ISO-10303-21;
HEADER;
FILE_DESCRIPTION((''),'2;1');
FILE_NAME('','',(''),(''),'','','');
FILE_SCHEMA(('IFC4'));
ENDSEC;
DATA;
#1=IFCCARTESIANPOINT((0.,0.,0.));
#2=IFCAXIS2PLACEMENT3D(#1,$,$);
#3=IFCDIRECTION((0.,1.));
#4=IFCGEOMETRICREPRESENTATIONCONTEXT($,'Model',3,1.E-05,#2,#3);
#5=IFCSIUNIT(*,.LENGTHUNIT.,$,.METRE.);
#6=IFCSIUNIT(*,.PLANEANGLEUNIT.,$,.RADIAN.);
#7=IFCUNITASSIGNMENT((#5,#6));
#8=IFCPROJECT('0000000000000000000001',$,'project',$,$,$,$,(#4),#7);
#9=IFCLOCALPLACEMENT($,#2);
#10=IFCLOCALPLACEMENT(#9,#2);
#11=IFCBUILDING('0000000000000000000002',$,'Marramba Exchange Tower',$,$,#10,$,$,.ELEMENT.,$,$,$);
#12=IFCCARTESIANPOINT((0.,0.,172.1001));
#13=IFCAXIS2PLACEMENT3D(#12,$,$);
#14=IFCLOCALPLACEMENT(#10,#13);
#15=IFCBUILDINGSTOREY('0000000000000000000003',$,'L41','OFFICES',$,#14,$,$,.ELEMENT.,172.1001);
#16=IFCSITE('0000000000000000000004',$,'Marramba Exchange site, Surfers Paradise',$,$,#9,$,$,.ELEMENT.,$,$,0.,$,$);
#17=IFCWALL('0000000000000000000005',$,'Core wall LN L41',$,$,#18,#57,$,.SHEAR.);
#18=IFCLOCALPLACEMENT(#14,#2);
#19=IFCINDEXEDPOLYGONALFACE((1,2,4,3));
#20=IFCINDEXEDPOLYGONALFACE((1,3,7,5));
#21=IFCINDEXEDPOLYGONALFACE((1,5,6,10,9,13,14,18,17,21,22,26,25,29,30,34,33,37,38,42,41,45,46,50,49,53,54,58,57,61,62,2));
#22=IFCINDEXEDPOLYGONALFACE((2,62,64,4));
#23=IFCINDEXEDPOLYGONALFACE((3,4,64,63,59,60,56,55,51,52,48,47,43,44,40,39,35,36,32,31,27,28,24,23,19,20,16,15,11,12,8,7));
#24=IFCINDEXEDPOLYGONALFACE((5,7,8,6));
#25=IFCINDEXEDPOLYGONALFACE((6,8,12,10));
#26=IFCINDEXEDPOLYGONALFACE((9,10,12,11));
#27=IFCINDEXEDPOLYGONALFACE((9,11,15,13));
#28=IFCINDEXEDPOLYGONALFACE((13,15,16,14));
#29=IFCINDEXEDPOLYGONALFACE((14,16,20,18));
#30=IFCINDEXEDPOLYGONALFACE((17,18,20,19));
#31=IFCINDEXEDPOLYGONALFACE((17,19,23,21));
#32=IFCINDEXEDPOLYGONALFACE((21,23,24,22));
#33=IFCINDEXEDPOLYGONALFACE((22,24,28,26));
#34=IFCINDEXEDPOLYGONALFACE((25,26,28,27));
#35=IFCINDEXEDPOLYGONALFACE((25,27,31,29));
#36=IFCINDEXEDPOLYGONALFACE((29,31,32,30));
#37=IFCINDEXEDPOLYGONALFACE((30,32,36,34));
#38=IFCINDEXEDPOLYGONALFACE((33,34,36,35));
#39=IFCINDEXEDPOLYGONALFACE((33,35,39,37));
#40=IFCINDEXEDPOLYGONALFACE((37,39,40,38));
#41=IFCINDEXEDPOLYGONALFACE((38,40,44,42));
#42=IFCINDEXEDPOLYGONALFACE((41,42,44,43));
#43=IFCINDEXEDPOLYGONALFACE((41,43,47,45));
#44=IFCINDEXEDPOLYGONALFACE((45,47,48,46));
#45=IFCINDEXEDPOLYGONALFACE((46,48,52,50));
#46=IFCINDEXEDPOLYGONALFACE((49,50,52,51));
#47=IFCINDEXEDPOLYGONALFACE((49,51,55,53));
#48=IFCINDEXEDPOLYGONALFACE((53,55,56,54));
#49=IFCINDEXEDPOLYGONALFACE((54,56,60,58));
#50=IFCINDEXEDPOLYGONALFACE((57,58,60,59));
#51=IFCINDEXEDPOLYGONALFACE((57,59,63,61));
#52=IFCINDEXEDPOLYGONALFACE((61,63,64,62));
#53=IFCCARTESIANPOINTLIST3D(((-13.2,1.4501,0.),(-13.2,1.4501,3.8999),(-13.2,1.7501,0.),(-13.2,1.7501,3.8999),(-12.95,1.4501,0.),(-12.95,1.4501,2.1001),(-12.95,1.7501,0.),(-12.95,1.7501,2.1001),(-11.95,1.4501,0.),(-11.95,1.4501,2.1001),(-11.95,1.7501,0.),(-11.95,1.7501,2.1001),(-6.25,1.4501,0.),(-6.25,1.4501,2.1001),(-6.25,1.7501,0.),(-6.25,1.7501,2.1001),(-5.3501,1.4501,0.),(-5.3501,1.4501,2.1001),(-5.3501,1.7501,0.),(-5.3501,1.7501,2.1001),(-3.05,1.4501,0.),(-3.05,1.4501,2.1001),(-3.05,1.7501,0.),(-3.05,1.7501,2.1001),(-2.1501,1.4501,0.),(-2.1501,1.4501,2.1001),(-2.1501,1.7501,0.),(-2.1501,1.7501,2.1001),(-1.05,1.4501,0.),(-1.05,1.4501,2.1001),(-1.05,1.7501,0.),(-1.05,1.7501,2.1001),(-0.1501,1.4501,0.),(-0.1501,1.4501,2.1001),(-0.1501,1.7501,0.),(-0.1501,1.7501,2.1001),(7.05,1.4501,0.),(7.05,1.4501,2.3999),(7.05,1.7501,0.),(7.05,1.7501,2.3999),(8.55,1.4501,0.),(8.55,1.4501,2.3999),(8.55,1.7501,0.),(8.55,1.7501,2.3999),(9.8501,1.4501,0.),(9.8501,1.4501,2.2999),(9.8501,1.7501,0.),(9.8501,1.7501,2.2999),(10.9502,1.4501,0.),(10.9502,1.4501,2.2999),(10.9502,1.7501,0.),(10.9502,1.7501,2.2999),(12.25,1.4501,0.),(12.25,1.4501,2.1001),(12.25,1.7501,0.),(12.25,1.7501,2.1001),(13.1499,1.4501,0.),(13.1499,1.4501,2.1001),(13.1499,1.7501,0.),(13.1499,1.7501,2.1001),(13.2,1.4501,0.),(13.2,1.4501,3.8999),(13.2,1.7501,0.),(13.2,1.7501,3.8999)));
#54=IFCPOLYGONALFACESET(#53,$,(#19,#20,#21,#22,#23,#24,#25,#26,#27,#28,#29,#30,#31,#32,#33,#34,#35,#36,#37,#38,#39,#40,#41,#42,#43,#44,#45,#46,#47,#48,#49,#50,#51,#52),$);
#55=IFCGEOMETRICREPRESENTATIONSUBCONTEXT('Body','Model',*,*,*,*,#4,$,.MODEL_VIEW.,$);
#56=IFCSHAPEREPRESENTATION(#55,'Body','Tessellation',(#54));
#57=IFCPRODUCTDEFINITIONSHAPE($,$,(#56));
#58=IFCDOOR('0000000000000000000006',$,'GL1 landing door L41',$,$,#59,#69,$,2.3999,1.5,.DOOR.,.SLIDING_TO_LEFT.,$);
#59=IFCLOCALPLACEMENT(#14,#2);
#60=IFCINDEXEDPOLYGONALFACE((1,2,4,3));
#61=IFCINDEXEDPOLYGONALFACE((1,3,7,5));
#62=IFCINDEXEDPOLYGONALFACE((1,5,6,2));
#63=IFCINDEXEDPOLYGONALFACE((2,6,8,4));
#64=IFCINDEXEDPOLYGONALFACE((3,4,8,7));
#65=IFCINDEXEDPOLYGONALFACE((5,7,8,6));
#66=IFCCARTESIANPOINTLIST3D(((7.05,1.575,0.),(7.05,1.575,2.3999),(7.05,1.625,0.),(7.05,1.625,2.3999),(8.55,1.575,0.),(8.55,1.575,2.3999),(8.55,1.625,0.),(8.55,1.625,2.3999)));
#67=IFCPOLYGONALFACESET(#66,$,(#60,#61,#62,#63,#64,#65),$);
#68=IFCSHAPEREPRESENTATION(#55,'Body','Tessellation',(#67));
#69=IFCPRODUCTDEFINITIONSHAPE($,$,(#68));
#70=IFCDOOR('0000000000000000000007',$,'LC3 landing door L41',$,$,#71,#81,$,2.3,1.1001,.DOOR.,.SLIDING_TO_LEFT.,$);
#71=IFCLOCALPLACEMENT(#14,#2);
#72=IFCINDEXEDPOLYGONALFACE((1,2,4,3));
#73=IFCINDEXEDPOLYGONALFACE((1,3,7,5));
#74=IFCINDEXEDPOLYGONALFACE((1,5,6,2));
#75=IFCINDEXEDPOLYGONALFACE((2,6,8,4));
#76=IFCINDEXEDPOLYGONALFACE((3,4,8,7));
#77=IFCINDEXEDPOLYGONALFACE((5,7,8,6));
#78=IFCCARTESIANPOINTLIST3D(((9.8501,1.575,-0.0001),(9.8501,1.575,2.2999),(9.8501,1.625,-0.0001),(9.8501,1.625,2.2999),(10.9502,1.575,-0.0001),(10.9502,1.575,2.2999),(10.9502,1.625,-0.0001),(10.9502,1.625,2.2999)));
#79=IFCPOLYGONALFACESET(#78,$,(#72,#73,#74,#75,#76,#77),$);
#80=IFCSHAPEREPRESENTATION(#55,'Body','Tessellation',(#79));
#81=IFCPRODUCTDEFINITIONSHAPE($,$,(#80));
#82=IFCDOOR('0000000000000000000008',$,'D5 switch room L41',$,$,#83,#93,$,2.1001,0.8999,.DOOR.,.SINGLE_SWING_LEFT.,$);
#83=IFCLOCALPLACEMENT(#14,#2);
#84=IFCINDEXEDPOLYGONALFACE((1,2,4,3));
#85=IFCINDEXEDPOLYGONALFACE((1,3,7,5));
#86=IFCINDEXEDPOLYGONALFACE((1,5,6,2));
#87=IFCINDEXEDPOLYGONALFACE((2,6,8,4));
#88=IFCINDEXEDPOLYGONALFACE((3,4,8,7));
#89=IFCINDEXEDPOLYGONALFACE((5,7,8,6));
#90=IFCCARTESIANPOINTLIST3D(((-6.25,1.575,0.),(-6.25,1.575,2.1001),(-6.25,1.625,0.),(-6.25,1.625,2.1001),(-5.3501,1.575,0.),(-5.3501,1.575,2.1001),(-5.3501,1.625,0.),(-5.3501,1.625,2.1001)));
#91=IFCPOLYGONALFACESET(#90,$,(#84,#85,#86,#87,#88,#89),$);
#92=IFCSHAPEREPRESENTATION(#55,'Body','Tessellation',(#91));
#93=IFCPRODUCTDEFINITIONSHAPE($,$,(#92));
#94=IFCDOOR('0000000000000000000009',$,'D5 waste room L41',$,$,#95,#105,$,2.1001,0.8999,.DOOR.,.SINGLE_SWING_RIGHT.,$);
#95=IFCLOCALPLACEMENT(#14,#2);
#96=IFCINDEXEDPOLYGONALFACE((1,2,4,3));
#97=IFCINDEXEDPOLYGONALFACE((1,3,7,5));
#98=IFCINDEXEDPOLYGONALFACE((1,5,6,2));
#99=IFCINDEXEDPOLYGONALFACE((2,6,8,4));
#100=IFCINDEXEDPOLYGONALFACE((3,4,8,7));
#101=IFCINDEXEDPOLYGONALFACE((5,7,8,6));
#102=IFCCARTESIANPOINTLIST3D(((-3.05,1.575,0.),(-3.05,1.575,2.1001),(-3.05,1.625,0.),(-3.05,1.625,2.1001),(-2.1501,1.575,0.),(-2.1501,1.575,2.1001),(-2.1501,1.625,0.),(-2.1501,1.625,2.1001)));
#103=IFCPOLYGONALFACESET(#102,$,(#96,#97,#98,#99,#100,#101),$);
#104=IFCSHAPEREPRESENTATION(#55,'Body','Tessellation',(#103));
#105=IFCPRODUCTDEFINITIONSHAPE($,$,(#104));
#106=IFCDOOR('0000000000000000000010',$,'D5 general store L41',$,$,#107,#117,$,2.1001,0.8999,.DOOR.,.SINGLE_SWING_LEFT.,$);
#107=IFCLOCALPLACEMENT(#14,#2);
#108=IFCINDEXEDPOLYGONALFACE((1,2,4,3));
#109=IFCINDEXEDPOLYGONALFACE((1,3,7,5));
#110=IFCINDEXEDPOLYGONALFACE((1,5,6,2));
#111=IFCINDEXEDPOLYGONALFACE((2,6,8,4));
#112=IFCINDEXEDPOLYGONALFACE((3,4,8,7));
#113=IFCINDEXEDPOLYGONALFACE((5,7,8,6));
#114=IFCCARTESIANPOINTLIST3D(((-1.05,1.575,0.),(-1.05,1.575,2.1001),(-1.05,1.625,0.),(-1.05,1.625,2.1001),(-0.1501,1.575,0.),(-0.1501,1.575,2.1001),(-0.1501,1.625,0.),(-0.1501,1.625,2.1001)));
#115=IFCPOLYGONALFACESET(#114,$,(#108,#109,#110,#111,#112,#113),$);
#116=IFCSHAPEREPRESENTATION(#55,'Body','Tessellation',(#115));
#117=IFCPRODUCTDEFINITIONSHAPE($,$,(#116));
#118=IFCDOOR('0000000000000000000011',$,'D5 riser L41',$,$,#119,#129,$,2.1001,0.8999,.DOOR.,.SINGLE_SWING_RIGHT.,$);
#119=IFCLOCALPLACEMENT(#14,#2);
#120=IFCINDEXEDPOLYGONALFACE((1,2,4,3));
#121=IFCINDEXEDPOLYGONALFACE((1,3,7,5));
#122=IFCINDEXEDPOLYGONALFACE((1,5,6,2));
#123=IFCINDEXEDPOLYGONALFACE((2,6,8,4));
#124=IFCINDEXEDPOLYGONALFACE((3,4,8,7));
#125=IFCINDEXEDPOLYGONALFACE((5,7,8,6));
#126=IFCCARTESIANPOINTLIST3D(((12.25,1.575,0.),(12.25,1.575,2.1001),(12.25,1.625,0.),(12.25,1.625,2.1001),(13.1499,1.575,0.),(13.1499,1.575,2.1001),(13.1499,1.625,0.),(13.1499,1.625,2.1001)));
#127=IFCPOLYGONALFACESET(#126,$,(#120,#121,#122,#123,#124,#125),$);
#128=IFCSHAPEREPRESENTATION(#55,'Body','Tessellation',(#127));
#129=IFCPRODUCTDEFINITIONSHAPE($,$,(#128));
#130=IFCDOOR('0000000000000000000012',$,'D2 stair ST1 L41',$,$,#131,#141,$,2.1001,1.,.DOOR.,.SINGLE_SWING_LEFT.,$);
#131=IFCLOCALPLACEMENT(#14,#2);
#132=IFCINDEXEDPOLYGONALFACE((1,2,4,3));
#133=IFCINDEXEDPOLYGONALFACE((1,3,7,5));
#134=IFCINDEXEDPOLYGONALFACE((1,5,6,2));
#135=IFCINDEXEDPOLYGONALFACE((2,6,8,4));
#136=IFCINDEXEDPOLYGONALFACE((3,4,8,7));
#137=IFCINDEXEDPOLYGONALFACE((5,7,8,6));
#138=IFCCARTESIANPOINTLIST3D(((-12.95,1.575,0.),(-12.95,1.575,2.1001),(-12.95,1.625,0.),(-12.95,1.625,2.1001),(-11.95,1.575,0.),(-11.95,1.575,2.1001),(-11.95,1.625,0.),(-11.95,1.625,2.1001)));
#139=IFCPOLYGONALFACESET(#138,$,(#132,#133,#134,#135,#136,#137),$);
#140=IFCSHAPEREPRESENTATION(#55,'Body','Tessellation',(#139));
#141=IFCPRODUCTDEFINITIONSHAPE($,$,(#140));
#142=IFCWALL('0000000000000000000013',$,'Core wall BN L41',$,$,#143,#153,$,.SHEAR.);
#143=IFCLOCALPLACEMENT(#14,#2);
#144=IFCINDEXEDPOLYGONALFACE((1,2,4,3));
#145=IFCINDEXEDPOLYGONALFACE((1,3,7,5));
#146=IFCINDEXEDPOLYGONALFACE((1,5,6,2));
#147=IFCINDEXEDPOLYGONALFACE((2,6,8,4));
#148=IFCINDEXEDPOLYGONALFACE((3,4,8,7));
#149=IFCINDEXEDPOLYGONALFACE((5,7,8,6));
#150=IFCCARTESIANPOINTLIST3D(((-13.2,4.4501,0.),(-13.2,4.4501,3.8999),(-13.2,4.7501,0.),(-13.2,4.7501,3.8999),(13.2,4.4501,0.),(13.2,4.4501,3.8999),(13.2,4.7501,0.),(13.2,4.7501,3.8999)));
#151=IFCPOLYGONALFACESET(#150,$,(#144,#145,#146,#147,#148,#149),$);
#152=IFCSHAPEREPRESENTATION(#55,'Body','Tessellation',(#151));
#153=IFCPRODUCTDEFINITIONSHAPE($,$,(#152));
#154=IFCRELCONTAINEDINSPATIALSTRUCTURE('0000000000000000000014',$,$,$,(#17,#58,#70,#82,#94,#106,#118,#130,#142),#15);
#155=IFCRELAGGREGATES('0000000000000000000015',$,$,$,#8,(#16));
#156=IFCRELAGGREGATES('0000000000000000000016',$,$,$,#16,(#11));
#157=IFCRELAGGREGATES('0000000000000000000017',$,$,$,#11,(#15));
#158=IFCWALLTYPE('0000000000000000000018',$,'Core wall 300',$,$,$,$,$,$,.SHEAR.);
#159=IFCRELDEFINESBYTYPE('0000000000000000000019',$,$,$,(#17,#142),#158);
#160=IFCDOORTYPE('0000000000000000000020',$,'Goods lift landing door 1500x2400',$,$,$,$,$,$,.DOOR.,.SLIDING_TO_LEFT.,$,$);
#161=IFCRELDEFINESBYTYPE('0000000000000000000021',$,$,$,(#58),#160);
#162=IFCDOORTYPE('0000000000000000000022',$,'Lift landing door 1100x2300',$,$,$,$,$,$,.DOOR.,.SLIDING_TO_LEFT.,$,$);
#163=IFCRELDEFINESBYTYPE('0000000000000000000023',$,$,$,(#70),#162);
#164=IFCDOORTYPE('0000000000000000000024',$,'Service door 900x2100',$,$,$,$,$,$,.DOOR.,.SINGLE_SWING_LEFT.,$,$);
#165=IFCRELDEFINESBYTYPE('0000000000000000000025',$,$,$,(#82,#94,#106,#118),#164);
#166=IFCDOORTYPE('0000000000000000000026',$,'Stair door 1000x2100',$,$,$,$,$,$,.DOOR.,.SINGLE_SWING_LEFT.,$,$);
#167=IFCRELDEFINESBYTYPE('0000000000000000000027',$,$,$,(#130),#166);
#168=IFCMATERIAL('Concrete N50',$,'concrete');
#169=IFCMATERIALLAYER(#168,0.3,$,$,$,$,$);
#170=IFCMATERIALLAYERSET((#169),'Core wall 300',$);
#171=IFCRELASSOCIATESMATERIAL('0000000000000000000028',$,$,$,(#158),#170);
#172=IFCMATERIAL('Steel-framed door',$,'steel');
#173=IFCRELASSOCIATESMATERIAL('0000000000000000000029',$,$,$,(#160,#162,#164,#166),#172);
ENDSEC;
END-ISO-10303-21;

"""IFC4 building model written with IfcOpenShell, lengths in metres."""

from ifc_helpers import new_model, si_unit, direction, frame, frame_2d, origin, place, context, subcontext, project, spatial, rectangle, extrude, material, layer, layer_set, type_object, element, fill, save


model = new_model("IFC4")

# Units and contexts
model_context = context("Model", 3, precision=1e-05, world=origin(), true_north=direction((0.0, 1.0)))
body_context = subcontext(model_context, "Body", "Model", "MODEL_VIEW")
ifc_project = project(units=[si_unit("LENGTHUNIT", "METRE"), si_unit("PLANEANGLEUNIT", "RADIAN")], contexts=[model_context])

# Site, building, storey
site_placement = place(None, origin())
site = spatial("IfcSite", under=ifc_project, at=site_placement, Name="Marramba Exchange site, Surfers Paradise", CompositionType="ELEMENT", RefElevation=0.0)
building_placement = place(site_placement, origin())
building = spatial("IfcBuilding", under=site, at=building_placement, Name="Marramba Exchange Tower", CompositionType="ELEMENT")
storey_placement = place(building_placement, frame((0.0, 0.0, 172.1001)))
storey = spatial("IfcBuildingStorey", under=building, at=storey_placement, Name="L41", Description="OFFICES", CompositionType="ELEMENT", Elevation=172.1001)

# Shared definitions
ifc_material_1 = material(Name="Concrete N50", Category="concrete")

# Shared definitions
ifc_material_2 = material(Name="Steel-framed door", Category="steel")

# Wall, openings, doors
ifc_layer_1 = layer(ifc_material_1, 0.3)
ifc_layer_set_1 = layer_set([ifc_layer_1], Name="Core wall 300")
wall_type_1 = type_object("IfcWallType", Name="Core wall 300", PredefinedType="SHEAR", material=ifc_layer_set_1)
wall_1_placement = place(storey_placement, frame((-13.2, 1.6001, 0.0), z_axis=(0.0, 0.0, 1.0), x_axis=(1.0, 0.0, 0.0)))
wall_1 = element("IfcWall", 1, at=wall_1_placement, inside=storey, type_object=wall_type_1, Name="Core wall LN L41", PredefinedType="SHEAR", context=body_context, shape_type="SweptSolid", body=[
    extrude(rectangle(XDim=26.3999, YDim=0.3, at=frame_2d((13.2, 0.0))), origin(), (0.0, 0.0, 1.0), 3.8999),
])
opening_1_placement = place(wall_1_placement, frame((0.25, 0.0, 0.0)))
opening_1 = element("IfcOpeningElement", 2, at=opening_1_placement, cuts=wall_1, PredefinedType="OPENING", context=body_context, shape_type="SweptSolid", body=[
    extrude(rectangle(XDim=1.0, YDim=2.1001, at=frame_2d((0.5, 1.05))), frame((0.0, 0.1599, 0.0), z_axis=(0.0, -1.0, 0.0), x_axis=(1.0, 0.0, 0.0)), (0.0, 0.0, 1.0), 0.3201),
])
opening_2_placement = place(wall_1_placement, frame((23.05, 0.0, 0.0)))
opening_2 = element("IfcOpeningElement", 3, at=opening_2_placement, cuts=wall_1, PredefinedType="OPENING", context=body_context, shape_type="SweptSolid", body=[
    extrude(rectangle(XDim=1.1001, YDim=2.3, at=frame_2d((0.55, 1.1499))), frame((0.0, 0.1599, 0.0), z_axis=(0.0, -1.0, 0.0), x_axis=(1.0, 0.0, 0.0)), (0.0, 0.0, 1.0), 0.3201),
])
opening_3_placement = place(wall_1_placement, frame((20.25, 0.0, 0.0)))
opening_3 = element("IfcOpeningElement", 4, at=opening_3_placement, cuts=wall_1, PredefinedType="OPENING", context=body_context, shape_type="SweptSolid", body=[
    extrude(rectangle(XDim=1.5, YDim=2.3999, at=frame_2d((0.75, 1.2))), frame((0.0, 0.1599, 0.0), z_axis=(0.0, -1.0, 0.0), x_axis=(1.0, 0.0, 0.0)), (0.0, 0.0, 1.0), 0.3201),
])
opening_4_placement = place(wall_1_placement, frame((6.95, 0.0, 0.0)))
opening_4 = element("IfcOpeningElement", 5, at=opening_4_placement, cuts=wall_1, PredefinedType="OPENING", context=body_context, shape_type="SweptSolid", body=[
    extrude(rectangle(XDim=0.8999, YDim=2.1001, at=frame_2d((0.45, 1.05))), frame((0.0, 0.1599, 0.0), z_axis=(0.0, -1.0, 0.0), x_axis=(1.0, 0.0, 0.0)), (0.0, 0.0, 1.0), 0.3201),
])
opening_5_placement = place(wall_1_placement, frame((10.1499, 0.0, 0.0)))
opening_5 = element("IfcOpeningElement", 6, at=opening_5_placement, cuts=wall_1, PredefinedType="OPENING", context=body_context, shape_type="SweptSolid", body=[
    extrude(rectangle(XDim=0.8999, YDim=2.1001, at=frame_2d((0.45, 1.05))), frame((0.0, 0.1599, 0.0), z_axis=(0.0, -1.0, 0.0), x_axis=(1.0, 0.0, 0.0)), (0.0, 0.0, 1.0), 0.3201),
])
opening_6_placement = place(wall_1_placement, frame((12.1499, 0.0, 0.0)))
opening_6 = element("IfcOpeningElement", 7, at=opening_6_placement, cuts=wall_1, PredefinedType="OPENING", context=body_context, shape_type="SweptSolid", body=[
    extrude(rectangle(XDim=0.8999, YDim=2.1001, at=frame_2d((0.45, 1.05))), frame((0.0, 0.1599, 0.0), z_axis=(0.0, -1.0, 0.0), x_axis=(1.0, 0.0, 0.0)), (0.0, 0.0, 1.0), 0.3201),
])
opening_7_placement = place(wall_1_placement, frame((25.45, 0.0, 0.0)))
opening_7 = element("IfcOpeningElement", 8, at=opening_7_placement, cuts=wall_1, PredefinedType="OPENING", context=body_context, shape_type="SweptSolid", body=[
    extrude(rectangle(XDim=0.8999, YDim=2.1001, at=frame_2d((0.45, 1.05))), frame((0.0, 0.1599, 0.0), z_axis=(0.0, -1.0, 0.0), x_axis=(1.0, 0.0, 0.0)), (0.0, 0.0, 1.0), 0.3201),
])
door_type_1 = type_object("IfcDoorType", Name="Goods lift landing door 1500x2400", OperationType="SLIDING_TO_LEFT", PredefinedType="DOOR", material=ifc_material_2)
door_1_placement = place(opening_3_placement, origin())
door_1 = element("IfcDoor", 9, at=door_1_placement, inside=storey, type_object=door_type_1, Name="GL1 landing door L41", OperationType="SLIDING_TO_LEFT", OverallHeight=2.3999, OverallWidth=1.5, PredefinedType="DOOR", context=body_context, shape_type="SweptSolid", body=[
    extrude(rectangle(XDim=1.5, YDim=2.3999, at=frame_2d((0.75, 1.2))), frame((0.0, 0.0249, 0.0), z_axis=(0.0, -1.0, 0.0), x_axis=(1.0, 0.0, 0.0)), (0.0, 0.0, 1.0), 0.05),
])
fill(opening_3, door_1)
door_type_2 = type_object("IfcDoorType", Name="Lift landing door 1100x2300", OperationType="SLIDING_TO_LEFT", PredefinedType="DOOR", material=ifc_material_2)
door_2_placement = place(opening_2_placement, origin())
door_2 = element("IfcDoor", 10, at=door_2_placement, inside=storey, type_object=door_type_2, Name="LC3 landing door L41", OperationType="SLIDING_TO_LEFT", OverallHeight=2.3, OverallWidth=1.1001, PredefinedType="DOOR", context=body_context, shape_type="SweptSolid", body=[
    extrude(rectangle(XDim=1.1001, YDim=2.3, at=frame_2d((0.55, 1.1499))), frame((0.0, 0.0249, 0.0), z_axis=(0.0, -1.0, 0.0), x_axis=(1.0, 0.0, 0.0)), (0.0, 0.0, 1.0), 0.05),
])
fill(opening_2, door_2)
door_type_3 = type_object("IfcDoorType", Name="Service door 900x2100", OperationType="SINGLE_SWING_LEFT", PredefinedType="DOOR", material=ifc_material_2)
door_3_placement = place(opening_4_placement, origin())
door_3 = element("IfcDoor", 11, at=door_3_placement, inside=storey, type_object=door_type_3, Name="D5 switch room L41", OperationType="SINGLE_SWING_LEFT", OverallHeight=2.1001, OverallWidth=0.8999, PredefinedType="DOOR", context=body_context, shape_type="SweptSolid", body=[
    extrude(rectangle(XDim=0.8999, YDim=2.1001, at=frame_2d((0.45, 1.05))), frame((0.0, 0.0249, 0.0), z_axis=(0.0, -1.0, 0.0), x_axis=(1.0, 0.0, 0.0)), (0.0, 0.0, 1.0), 0.05),
])
fill(opening_4, door_3)
door_4_placement = place(opening_5_placement, origin())
door_4 = element("IfcDoor", 12, at=door_4_placement, inside=storey, type_object=door_type_3, Name="D5 waste room L41", OperationType="SINGLE_SWING_RIGHT", OverallHeight=2.1001, OverallWidth=0.8999, PredefinedType="DOOR", context=body_context, shape_type="SweptSolid", body=[
    extrude(rectangle(XDim=0.8999, YDim=2.1001, at=frame_2d((0.45, 1.05))), frame((0.0, 0.0249, 0.0), z_axis=(0.0, -1.0, 0.0), x_axis=(1.0, 0.0, 0.0)), (0.0, 0.0, 1.0), 0.05),
])
fill(opening_5, door_4)
door_5_placement = place(opening_6_placement, origin())
door_5 = element("IfcDoor", 13, at=door_5_placement, inside=storey, type_object=door_type_3, Name="D5 general store L41", OperationType="SINGLE_SWING_LEFT", OverallHeight=2.1001, OverallWidth=0.8999, PredefinedType="DOOR", context=body_context, shape_type="SweptSolid", body=[
    extrude(rectangle(XDim=0.8999, YDim=2.1001, at=frame_2d((0.45, 1.05))), frame((0.0, 0.0249, 0.0), z_axis=(0.0, -1.0, 0.0), x_axis=(1.0, 0.0, 0.0)), (0.0, 0.0, 1.0), 0.05),
])
fill(opening_6, door_5)
door_6_placement = place(opening_7_placement, origin())
door_6 = element("IfcDoor", 14, at=door_6_placement, inside=storey, type_object=door_type_3, Name="D5 riser L41", OperationType="SINGLE_SWING_RIGHT", OverallHeight=2.1001, OverallWidth=0.8999, PredefinedType="DOOR", context=body_context, shape_type="SweptSolid", body=[
    extrude(rectangle(XDim=0.8999, YDim=2.1001, at=frame_2d((0.45, 1.05))), frame((0.0, 0.0249, 0.0), z_axis=(0.0, -1.0, 0.0), x_axis=(1.0, 0.0, 0.0)), (0.0, 0.0, 1.0), 0.05),
])
fill(opening_7, door_6)
door_type_4 = type_object("IfcDoorType", Name="Stair door 1000x2100", OperationType="SINGLE_SWING_LEFT", PredefinedType="DOOR", material=ifc_material_2)
door_7_placement = place(opening_1_placement, origin())
door_7 = element("IfcDoor", 15, at=door_7_placement, inside=storey, type_object=door_type_4, Name="D2 stair ST1 L41", OperationType="SINGLE_SWING_LEFT", OverallHeight=2.1001, OverallWidth=1.0, PredefinedType="DOOR", context=body_context, shape_type="SweptSolid", body=[
    extrude(rectangle(XDim=1.0, YDim=2.1001, at=frame_2d((0.5, 1.05))), frame((0.0, 0.0249, 0.0), z_axis=(0.0, -1.0, 0.0), x_axis=(1.0, 0.0, 0.0)), (0.0, 0.0, 1.0), 0.05),
])
fill(opening_1, door_7)

# Wall
wall_2_placement = place(storey_placement, frame((-13.2, 4.6001, 0.0), z_axis=(0.0, 0.0, 1.0), x_axis=(1.0, 0.0, 0.0)))
element("IfcWall", 16, at=wall_2_placement, inside=storey, type_object=wall_type_1, Name="Core wall BN L41", PredefinedType="SHEAR", context=body_context, shape_type="SweptSolid", body=[
    extrude(rectangle(XDim=26.3999, YDim=0.3, at=frame_2d((13.2, 0.0))), origin(), (0.0, 0.0, 1.0), 3.8999),
])

save(model, "model.ifc")
